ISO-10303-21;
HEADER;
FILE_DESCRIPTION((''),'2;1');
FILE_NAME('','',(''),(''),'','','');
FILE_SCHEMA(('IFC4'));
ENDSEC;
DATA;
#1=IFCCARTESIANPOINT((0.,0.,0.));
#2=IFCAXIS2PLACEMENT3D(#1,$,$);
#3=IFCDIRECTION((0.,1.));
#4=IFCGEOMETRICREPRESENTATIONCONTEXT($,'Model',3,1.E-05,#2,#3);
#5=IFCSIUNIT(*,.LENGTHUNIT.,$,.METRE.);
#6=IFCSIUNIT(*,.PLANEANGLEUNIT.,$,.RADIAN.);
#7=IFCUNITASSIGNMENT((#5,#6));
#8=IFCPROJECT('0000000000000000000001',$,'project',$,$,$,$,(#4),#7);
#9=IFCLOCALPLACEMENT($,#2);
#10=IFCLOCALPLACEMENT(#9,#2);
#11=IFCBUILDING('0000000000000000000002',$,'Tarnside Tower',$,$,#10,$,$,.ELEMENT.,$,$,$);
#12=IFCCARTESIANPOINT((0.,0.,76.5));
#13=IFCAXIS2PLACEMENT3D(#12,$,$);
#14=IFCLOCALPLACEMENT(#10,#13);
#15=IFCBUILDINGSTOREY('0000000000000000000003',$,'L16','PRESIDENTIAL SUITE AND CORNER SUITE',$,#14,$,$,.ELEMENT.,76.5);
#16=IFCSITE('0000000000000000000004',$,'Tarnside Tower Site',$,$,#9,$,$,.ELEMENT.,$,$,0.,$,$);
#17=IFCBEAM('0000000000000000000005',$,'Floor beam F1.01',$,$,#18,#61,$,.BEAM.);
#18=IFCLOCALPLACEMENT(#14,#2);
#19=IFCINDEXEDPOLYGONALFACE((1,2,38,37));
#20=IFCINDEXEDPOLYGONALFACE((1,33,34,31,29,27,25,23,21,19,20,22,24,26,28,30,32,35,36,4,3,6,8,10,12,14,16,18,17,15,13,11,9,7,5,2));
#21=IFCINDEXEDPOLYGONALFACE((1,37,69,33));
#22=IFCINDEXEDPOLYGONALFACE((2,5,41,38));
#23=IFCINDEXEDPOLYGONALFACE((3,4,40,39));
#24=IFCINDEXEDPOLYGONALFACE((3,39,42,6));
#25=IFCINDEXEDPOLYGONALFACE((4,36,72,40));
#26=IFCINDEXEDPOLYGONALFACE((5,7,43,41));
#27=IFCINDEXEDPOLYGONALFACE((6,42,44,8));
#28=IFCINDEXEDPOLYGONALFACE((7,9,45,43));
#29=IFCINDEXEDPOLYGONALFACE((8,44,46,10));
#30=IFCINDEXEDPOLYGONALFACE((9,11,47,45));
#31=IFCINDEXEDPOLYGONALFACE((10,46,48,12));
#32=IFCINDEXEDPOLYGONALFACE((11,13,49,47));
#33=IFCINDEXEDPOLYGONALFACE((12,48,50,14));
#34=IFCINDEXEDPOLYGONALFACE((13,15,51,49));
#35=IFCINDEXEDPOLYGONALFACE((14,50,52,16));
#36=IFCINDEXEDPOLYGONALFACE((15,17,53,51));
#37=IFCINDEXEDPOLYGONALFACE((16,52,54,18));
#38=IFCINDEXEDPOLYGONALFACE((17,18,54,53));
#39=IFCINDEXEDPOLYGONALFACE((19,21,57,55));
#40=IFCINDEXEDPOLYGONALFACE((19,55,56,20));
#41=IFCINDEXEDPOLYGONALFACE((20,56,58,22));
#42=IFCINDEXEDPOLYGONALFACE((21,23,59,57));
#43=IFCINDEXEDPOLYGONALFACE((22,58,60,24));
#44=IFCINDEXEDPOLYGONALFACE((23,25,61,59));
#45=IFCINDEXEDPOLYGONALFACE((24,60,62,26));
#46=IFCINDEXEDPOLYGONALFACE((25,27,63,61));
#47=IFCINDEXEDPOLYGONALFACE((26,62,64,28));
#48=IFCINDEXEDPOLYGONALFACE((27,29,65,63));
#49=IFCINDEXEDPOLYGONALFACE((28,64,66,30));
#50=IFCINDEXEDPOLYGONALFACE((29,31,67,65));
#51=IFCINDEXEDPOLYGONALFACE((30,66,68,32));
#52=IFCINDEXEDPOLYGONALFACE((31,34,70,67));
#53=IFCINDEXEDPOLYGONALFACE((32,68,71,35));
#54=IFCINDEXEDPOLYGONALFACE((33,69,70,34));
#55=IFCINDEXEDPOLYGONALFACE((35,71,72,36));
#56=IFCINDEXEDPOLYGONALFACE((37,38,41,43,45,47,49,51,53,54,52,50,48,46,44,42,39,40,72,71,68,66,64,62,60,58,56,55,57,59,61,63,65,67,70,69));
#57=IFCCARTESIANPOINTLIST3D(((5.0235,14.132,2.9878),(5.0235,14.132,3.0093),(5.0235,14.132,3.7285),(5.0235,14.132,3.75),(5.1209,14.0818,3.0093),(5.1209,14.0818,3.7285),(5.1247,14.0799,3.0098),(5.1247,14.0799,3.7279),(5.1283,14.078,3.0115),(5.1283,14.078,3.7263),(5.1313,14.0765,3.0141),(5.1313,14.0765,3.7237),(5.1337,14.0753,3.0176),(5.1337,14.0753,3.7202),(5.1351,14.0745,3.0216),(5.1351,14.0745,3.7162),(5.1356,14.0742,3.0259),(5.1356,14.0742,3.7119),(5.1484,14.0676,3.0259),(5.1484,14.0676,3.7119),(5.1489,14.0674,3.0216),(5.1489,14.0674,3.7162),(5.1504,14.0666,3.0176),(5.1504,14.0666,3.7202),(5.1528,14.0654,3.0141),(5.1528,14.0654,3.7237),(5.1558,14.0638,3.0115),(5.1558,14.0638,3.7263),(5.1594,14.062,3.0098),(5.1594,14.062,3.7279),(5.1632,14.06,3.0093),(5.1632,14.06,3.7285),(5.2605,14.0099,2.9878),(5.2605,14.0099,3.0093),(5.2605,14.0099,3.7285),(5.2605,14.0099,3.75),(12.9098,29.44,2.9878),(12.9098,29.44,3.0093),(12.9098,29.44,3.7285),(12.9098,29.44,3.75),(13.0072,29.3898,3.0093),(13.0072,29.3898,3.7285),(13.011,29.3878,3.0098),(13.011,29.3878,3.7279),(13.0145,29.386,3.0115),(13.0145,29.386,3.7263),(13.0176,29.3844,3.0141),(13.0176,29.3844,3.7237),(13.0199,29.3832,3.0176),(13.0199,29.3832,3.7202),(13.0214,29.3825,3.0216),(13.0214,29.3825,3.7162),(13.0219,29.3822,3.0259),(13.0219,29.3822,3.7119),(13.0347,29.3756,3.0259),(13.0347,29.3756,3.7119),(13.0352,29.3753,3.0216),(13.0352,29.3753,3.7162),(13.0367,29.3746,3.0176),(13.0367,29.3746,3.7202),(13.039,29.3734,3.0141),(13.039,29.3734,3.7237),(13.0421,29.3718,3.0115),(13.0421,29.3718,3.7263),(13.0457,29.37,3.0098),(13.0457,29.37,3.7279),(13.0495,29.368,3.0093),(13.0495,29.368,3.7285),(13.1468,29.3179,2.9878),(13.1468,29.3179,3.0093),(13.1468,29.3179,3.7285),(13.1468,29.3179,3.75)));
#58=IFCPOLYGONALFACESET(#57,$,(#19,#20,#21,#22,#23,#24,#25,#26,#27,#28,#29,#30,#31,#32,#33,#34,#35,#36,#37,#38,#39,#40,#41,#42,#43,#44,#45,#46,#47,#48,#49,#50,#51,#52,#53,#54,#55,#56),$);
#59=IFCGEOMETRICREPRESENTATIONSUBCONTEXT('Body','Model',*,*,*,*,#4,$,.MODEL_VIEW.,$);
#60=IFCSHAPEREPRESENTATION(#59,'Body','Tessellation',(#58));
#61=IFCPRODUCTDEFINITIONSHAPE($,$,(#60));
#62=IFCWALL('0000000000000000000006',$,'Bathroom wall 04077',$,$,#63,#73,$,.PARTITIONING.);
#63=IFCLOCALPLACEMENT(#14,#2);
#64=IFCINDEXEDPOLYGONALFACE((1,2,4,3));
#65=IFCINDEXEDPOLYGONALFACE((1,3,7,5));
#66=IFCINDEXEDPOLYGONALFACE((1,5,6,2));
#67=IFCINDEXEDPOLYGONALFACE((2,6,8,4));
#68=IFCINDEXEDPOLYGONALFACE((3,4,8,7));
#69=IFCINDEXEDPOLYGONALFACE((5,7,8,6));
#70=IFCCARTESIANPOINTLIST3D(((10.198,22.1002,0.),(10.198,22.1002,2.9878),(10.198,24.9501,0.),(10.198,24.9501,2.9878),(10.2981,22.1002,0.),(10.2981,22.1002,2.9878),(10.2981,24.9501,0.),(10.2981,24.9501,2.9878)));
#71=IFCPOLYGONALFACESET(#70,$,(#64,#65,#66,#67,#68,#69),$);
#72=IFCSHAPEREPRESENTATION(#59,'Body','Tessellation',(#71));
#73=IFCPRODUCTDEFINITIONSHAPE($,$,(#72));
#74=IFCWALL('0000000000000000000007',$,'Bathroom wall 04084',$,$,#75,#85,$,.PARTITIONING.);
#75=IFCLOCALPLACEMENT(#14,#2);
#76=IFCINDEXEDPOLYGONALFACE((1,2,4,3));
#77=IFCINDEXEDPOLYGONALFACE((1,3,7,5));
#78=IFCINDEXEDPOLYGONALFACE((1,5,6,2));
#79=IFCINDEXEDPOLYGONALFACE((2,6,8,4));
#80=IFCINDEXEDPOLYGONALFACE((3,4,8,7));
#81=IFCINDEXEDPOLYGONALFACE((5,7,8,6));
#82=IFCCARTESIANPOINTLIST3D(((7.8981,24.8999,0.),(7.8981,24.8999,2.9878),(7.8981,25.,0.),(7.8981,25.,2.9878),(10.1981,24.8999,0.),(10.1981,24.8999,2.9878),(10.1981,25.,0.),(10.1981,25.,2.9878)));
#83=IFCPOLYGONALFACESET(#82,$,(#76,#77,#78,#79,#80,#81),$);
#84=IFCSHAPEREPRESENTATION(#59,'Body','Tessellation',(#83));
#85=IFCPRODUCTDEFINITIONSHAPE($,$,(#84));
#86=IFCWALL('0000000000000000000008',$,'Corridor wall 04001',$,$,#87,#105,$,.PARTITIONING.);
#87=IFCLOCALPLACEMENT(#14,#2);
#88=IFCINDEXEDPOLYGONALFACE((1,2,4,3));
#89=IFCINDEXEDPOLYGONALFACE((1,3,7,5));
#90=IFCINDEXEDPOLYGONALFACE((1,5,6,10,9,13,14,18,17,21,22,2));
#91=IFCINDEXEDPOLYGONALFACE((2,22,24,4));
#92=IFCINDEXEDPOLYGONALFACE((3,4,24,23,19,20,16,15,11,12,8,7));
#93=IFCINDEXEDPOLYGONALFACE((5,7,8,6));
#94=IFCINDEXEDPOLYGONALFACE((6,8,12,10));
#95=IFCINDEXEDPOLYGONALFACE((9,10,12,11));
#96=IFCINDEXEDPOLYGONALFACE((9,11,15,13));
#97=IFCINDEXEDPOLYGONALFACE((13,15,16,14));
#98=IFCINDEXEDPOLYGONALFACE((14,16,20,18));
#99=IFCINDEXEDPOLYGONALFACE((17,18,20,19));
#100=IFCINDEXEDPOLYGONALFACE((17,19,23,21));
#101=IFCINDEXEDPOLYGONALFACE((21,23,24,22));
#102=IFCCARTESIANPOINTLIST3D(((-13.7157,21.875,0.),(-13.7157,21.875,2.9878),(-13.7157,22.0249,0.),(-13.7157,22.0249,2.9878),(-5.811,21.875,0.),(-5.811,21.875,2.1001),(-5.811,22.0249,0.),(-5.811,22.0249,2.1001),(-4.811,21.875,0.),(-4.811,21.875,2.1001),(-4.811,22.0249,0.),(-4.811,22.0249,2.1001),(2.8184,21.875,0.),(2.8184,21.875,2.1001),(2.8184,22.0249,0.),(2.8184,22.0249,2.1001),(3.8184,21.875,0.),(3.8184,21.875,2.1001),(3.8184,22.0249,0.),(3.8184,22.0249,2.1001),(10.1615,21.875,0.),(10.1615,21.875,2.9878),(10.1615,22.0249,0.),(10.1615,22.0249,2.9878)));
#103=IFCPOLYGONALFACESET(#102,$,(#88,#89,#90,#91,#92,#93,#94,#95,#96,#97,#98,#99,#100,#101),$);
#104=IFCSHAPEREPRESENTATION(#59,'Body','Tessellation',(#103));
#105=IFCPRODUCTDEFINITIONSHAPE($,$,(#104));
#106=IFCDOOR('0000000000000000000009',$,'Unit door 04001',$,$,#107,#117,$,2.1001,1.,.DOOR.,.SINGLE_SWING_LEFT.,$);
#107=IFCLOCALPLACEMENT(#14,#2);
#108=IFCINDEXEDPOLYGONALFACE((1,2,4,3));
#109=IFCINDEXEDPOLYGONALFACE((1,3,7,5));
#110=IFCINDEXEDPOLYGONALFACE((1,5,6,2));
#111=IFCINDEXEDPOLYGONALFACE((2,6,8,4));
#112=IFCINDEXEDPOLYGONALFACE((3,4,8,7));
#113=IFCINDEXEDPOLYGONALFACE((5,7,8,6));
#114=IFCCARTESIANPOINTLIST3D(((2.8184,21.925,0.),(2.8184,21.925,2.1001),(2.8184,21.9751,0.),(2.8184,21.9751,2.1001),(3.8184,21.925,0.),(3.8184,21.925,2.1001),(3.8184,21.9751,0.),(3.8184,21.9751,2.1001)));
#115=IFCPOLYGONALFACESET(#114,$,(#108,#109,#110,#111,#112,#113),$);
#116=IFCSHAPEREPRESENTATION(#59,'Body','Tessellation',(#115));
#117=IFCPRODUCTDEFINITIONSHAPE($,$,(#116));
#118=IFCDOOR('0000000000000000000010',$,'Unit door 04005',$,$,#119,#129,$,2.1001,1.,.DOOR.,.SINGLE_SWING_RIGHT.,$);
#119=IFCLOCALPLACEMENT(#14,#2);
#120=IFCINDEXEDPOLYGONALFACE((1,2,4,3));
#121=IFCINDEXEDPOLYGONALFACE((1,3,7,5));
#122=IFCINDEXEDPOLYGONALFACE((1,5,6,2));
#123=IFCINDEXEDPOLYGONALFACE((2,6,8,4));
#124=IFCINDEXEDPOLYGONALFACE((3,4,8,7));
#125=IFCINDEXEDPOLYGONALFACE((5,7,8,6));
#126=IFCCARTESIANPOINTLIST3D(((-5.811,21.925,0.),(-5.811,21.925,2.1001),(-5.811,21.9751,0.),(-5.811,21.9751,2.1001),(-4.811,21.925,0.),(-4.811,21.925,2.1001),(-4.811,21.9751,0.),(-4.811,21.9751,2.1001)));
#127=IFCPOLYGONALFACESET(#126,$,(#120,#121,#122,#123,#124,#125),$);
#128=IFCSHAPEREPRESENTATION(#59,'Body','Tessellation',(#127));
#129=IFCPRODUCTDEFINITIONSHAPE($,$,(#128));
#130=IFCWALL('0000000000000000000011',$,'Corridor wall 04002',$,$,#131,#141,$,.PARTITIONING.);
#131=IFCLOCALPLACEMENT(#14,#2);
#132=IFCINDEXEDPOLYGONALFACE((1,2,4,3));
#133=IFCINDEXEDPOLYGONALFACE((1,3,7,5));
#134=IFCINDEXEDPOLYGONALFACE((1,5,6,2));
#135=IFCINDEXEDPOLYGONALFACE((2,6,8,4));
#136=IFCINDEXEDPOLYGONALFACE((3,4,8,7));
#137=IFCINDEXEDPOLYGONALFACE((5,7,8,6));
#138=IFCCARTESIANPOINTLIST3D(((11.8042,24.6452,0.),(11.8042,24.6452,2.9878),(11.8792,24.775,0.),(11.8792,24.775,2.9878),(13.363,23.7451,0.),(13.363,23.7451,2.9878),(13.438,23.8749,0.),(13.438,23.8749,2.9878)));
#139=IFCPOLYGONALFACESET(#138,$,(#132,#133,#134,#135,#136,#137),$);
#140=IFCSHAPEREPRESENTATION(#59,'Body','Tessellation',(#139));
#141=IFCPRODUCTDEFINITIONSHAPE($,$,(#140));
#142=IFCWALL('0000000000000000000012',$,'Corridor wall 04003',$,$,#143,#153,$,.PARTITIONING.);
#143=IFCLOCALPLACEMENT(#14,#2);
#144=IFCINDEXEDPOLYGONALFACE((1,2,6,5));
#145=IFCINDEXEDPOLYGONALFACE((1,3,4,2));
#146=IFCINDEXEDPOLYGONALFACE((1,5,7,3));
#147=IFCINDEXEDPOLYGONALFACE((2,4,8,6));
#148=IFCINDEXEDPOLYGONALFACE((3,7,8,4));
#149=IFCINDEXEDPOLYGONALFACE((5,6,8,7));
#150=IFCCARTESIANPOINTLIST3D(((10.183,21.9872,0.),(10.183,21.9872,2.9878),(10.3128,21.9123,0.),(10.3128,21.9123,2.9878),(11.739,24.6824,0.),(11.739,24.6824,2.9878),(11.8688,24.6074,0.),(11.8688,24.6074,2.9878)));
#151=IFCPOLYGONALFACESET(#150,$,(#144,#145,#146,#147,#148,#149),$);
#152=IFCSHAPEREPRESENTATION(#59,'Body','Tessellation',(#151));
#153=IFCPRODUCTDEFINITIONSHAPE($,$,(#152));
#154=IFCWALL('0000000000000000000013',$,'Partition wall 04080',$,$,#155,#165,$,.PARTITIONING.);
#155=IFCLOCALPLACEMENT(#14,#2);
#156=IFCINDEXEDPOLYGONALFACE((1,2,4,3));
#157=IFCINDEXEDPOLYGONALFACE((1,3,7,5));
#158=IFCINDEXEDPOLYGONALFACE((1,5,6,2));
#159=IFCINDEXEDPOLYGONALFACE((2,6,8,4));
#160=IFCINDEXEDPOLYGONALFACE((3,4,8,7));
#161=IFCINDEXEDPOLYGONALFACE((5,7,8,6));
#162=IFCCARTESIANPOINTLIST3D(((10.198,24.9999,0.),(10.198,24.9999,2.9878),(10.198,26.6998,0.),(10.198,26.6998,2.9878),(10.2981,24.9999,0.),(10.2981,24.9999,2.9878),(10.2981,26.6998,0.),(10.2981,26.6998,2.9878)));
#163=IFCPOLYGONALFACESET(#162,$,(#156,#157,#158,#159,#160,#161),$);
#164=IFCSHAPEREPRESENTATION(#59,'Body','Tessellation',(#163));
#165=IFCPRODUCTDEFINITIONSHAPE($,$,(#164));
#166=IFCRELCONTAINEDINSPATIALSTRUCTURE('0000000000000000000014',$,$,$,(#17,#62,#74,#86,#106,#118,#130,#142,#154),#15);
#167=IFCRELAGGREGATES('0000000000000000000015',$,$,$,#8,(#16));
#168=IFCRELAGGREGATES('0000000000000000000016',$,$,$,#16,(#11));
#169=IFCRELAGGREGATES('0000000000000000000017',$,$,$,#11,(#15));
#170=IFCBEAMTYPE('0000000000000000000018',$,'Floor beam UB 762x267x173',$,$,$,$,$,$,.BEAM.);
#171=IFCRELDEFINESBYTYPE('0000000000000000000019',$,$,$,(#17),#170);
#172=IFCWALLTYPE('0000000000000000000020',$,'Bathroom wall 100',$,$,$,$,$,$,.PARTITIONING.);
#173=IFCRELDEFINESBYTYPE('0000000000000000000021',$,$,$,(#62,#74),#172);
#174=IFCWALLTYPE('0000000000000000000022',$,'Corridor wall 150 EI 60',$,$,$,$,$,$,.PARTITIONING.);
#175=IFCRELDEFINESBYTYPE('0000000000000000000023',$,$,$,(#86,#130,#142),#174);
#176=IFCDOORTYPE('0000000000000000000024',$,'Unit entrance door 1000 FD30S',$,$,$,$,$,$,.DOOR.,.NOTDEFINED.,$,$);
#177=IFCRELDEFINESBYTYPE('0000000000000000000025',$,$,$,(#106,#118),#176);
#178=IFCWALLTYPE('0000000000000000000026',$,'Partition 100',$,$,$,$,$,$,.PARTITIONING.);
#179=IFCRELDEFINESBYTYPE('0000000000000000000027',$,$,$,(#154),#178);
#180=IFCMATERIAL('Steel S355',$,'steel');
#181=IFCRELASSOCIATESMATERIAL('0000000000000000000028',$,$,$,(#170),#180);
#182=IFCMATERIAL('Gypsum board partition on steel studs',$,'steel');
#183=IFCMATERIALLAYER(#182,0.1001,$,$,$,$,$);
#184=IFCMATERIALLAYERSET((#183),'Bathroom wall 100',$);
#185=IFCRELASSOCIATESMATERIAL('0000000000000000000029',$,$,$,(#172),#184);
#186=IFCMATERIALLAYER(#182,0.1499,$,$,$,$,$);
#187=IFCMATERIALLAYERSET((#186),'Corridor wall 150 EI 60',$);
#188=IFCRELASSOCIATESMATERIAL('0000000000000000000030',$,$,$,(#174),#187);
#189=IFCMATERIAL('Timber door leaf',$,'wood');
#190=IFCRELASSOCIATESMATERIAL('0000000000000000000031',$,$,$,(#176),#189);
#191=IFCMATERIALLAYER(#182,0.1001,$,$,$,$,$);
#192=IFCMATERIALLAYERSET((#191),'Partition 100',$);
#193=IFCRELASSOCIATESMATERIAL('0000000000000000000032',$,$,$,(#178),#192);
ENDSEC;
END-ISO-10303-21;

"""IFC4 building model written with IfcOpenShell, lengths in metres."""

from ifc_helpers import new_model, si_unit, direction, frame, frame_2d, origin, origin_2d, place, context, subcontext, project, spatial, rectangle, i_section, extrude, material, layer, layer_set, material_profile, profile_set, type_object, element, fill, save


model = new_model("IFC4")

# Units and contexts
model_context = context("Model", 3, precision=1e-05, world=origin(), true_north=direction((0.0, 1.0)))
body_context = subcontext(model_context, "Body", "Model", "MODEL_VIEW")
ifc_project = project(units=[si_unit("LENGTHUNIT", "METRE"), si_unit("PLANEANGLEUNIT", "RADIAN")], contexts=[model_context])

# Site, building, storey
site_placement = place(None, origin())
site = spatial("IfcSite", under=ifc_project, at=site_placement, Name="Tarnside Tower Site", CompositionType="ELEMENT", RefElevation=0.0)
building_placement = place(site_placement, origin())
building = spatial("IfcBuilding", under=site, at=building_placement, Name="Tarnside Tower", CompositionType="ELEMENT")
storey_placement = place(building_placement, frame((0.0, 0.0, 76.5)))
storey = spatial("IfcBuildingStorey", under=building, at=storey_placement, Name="L16", Description="PRESIDENTIAL SUITE AND CORNER SUITE", CompositionType="ELEMENT", Elevation=76.5)

# Beam
ifc_material_1 = material(Name="Steel S355", Category="steel")
ifc_material_profile = material_profile(ifc_material_1, i_section(OverallWidth=0.2666, OverallDepth=0.7622, WebThickness=0.0144, FlangeThickness=0.0215, FilletRadius=0.0166, at=origin_2d()), Name="UB 762x267x173")
ifc_profile_set = profile_set([ifc_material_profile], Name="Steel S355")
beam_type = type_object("IfcBeamType", Name="Floor beam UB 762x267x173", PredefinedType="BEAM", material=ifc_profile_set)
beam_placement = place(storey_placement, frame((13.0283, 29.3789, 3.3689), z_axis=(-0.457973, -0.888966, 0.0), x_axis=(0.888966, -0.457973, 0.0)))
element("IfcBeam", 1, at=beam_placement, inside=storey, type_object=beam_type, Name="Floor beam F1.01", PredefinedType="BEAM", context=body_context, shape_type="SweptSolid", body=[
    extrude(i_section(OverallWidth=0.2666, OverallDepth=0.7622, WebThickness=0.0144, FlangeThickness=0.0215, FilletRadius=0.0166, at=origin_2d()), origin(), (0.0, 0.0, 1.0), 17.22),
])

# Walls
ifc_material_2 = material(Name="Gypsum board partition on steel studs", Category="steel")
ifc_layer_1 = layer(ifc_material_2, 0.1001)
ifc_layer_set_1 = layer_set([ifc_layer_1], Name="Bathroom wall 100")
wall_type_1 = type_object("IfcWallType", Name="Bathroom wall 100", PredefinedType="PARTITIONING", material=ifc_layer_set_1)
wall_1_placement = place(storey_placement, frame((10.248, 24.95, 0.0), z_axis=(0.0, 0.0, 1.0), x_axis=(0.0, -1.0, 0.0)))
element("IfcWall", 2, at=wall_1_placement, inside=storey, type_object=wall_type_1, Name="Bathroom wall 04077", PredefinedType="PARTITIONING", context=body_context, shape_type="SweptSolid", body=[
    extrude(rectangle(XDim=2.8499, YDim=0.1001, at=frame_2d((1.4248, 0.0))), origin(), (0.0, 0.0, 1.0), 2.9878),
])
wall_2_placement = place(storey_placement, frame((10.198, 24.95, 0.0), z_axis=(0.0, 0.0, 1.0), x_axis=(-1.0, 0.0, 0.0)))
element("IfcWall", 3, at=wall_2_placement, inside=storey, type_object=wall_type_1, Name="Bathroom wall 04084", PredefinedType="PARTITIONING", context=body_context, shape_type="SweptSolid", body=[
    extrude(rectangle(XDim=2.3, YDim=0.1001, at=frame_2d((1.1499, 0.0))), origin(), (0.0, 0.0, 1.0), 2.9878),
])

# Wall, openings, doors
ifc_layer_2 = layer(ifc_material_2, 0.1499)
ifc_layer_set_2 = layer_set([ifc_layer_2], Name="Corridor wall 150 EI 60")
wall_type_2 = type_object("IfcWallType", Name="Corridor wall 150 EI 60", PredefinedType="PARTITIONING", material=ifc_layer_set_2)
wall_3_placement = place(storey_placement, frame((10.1614, 21.95, 0.0), z_axis=(0.0, 0.0, 1.0), x_axis=(-1.0, 0.0, 0.0)))
wall_3 = element("IfcWall", 4, at=wall_3_placement, inside=storey, type_object=wall_type_2, Name="Corridor wall 04001", PredefinedType="PARTITIONING", context=body_context, shape_type="SweptSolid", body=[
    extrude(rectangle(XDim=23.8772, YDim=0.1499, at=frame_2d((11.9385, 0.0))), origin(), (0.0, 0.0, 1.0), 2.9878),
])
opening_1_placement = place(wall_3_placement, frame((6.343, 0.0, 0.0)))
opening_1 = element("IfcOpeningElement", 5, at=opening_1_placement, cuts=wall_3, PredefinedType="OPENING", context=body_context, shape_type="SweptSolid", body=[
    extrude(rectangle(XDim=1.0, YDim=2.1001, at=frame_2d((0.5, 1.05))), frame((0.0, 0.085, 0.0), z_axis=(0.0, -1.0, 0.0), x_axis=(1.0, 0.0, 0.0)), (0.0, 0.0, 1.0), 0.1699),
])
opening_2_placement = place(wall_3_placement, frame((14.9724, 0.0, 0.0)))
opening_2 = element("IfcOpeningElement", 6, at=opening_2_placement, cuts=wall_3, PredefinedType="OPENING", context=body_context, shape_type="SweptSolid", body=[
    extrude(rectangle(XDim=1.0, YDim=2.1001, at=frame_2d((0.5, 1.05))), frame((0.0, 0.085, 0.0), z_axis=(0.0, -1.0, 0.0), x_axis=(1.0, 0.0, 0.0)), (0.0, 0.0, 1.0), 0.1699),
])
ifc_material_3 = material(Name="Timber door leaf", Category="wood")
door_type = type_object("IfcDoorType", Name="Unit entrance door 1000 FD30S", OperationType="NOTDEFINED", PredefinedType="DOOR", material=ifc_material_3)
door_1_placement = place(opening_1_placement, origin())
door_1 = element("IfcDoor", 7, at=door_1_placement, inside=storey, type_object=door_type, Name="Unit door 04001", OperationType="SINGLE_SWING_LEFT", OverallHeight=2.1001, OverallWidth=1.0, PredefinedType="DOOR", context=body_context, shape_type="SweptSolid", body=[
    extrude(rectangle(XDim=1.0, YDim=2.1001, at=frame_2d((0.5, 1.05))), frame((0.0, 0.0249, 0.0), z_axis=(0.0, -1.0, 0.0), x_axis=(1.0, 0.0, 0.0)), (0.0, 0.0, 1.0), 0.05),
])
fill(opening_1, door_1)
door_2_placement = place(opening_2_placement, origin())
door_2 = element("IfcDoor", 8, at=door_2_placement, inside=storey, type_object=door_type, Name="Unit door 04005", OperationType="SINGLE_SWING_RIGHT", OverallHeight=2.1001, OverallWidth=1.0, PredefinedType="DOOR", context=body_context, shape_type="SweptSolid", body=[
    extrude(rectangle(XDim=1.0, YDim=2.1001, at=frame_2d((0.5, 1.05))), frame((0.0, 0.0249, 0.0), z_axis=(0.0, -1.0, 0.0), x_axis=(1.0, 0.0, 0.0)), (0.0, 0.0, 1.0), 0.05),
])
fill(opening_2, door_2)

# Walls
wall_4_placement = place(storey_placement, frame((13.4004, 23.8101, 0.0), z_axis=(0.0, 0.0, 1.0), x_axis=(-0.865989, 0.500063, 0.0)))
element("IfcWall", 9, at=wall_4_placement, inside=storey, type_object=wall_type_2, Name="Corridor wall 04002", PredefinedType="PARTITIONING", context=body_context, shape_type="SweptSolid", body=[
    extrude(rectangle(XDim=1.8, YDim=0.1499, at=frame_2d((0.8999, 0.0))), origin(), (0.0, 0.0, 1.0), 2.9878),
])
wall_5_placement = place(storey_placement, frame((11.804, 24.645, 0.0), z_axis=(0.0, 0.0, 1.0), x_axis=(-0.499978, -0.866038, 0.0)))
element("IfcWall", 10, at=wall_5_placement, inside=storey, type_object=wall_type_2, Name="Corridor wall 04003", PredefinedType="PARTITIONING", context=body_context, shape_type="SweptSolid", body=[
    extrude(rectangle(XDim=3.1121, YDim=0.1499, at=frame_2d((1.5562, 0.0))), origin(), (0.0, 0.0, 1.0), 2.9878),
])
ifc_layer_3 = layer(ifc_material_2, 0.1001)
ifc_layer_set_3 = layer_set([ifc_layer_3], Name="Partition 100")
wall_type_3 = type_object("IfcWallType", Name="Partition 100", PredefinedType="PARTITIONING", material=ifc_layer_set_3)
wall_6_placement = place(storey_placement, frame((10.248, 26.7, 0.0), z_axis=(0.0, 0.0, 1.0), x_axis=(0.0, -1.0, 0.0)))
element("IfcWall", 11, at=wall_6_placement, inside=storey, type_object=wall_type_3, Name="Partition wall 04080", PredefinedType="PARTITIONING", context=body_context, shape_type="SweptSolid", body=[
    extrude(rectangle(XDim=1.7, YDim=0.1001, at=frame_2d((0.8501, 0.0))), origin(), (0.0, 0.0, 1.0), 2.9878),
])

save(model, "model.ifc")
